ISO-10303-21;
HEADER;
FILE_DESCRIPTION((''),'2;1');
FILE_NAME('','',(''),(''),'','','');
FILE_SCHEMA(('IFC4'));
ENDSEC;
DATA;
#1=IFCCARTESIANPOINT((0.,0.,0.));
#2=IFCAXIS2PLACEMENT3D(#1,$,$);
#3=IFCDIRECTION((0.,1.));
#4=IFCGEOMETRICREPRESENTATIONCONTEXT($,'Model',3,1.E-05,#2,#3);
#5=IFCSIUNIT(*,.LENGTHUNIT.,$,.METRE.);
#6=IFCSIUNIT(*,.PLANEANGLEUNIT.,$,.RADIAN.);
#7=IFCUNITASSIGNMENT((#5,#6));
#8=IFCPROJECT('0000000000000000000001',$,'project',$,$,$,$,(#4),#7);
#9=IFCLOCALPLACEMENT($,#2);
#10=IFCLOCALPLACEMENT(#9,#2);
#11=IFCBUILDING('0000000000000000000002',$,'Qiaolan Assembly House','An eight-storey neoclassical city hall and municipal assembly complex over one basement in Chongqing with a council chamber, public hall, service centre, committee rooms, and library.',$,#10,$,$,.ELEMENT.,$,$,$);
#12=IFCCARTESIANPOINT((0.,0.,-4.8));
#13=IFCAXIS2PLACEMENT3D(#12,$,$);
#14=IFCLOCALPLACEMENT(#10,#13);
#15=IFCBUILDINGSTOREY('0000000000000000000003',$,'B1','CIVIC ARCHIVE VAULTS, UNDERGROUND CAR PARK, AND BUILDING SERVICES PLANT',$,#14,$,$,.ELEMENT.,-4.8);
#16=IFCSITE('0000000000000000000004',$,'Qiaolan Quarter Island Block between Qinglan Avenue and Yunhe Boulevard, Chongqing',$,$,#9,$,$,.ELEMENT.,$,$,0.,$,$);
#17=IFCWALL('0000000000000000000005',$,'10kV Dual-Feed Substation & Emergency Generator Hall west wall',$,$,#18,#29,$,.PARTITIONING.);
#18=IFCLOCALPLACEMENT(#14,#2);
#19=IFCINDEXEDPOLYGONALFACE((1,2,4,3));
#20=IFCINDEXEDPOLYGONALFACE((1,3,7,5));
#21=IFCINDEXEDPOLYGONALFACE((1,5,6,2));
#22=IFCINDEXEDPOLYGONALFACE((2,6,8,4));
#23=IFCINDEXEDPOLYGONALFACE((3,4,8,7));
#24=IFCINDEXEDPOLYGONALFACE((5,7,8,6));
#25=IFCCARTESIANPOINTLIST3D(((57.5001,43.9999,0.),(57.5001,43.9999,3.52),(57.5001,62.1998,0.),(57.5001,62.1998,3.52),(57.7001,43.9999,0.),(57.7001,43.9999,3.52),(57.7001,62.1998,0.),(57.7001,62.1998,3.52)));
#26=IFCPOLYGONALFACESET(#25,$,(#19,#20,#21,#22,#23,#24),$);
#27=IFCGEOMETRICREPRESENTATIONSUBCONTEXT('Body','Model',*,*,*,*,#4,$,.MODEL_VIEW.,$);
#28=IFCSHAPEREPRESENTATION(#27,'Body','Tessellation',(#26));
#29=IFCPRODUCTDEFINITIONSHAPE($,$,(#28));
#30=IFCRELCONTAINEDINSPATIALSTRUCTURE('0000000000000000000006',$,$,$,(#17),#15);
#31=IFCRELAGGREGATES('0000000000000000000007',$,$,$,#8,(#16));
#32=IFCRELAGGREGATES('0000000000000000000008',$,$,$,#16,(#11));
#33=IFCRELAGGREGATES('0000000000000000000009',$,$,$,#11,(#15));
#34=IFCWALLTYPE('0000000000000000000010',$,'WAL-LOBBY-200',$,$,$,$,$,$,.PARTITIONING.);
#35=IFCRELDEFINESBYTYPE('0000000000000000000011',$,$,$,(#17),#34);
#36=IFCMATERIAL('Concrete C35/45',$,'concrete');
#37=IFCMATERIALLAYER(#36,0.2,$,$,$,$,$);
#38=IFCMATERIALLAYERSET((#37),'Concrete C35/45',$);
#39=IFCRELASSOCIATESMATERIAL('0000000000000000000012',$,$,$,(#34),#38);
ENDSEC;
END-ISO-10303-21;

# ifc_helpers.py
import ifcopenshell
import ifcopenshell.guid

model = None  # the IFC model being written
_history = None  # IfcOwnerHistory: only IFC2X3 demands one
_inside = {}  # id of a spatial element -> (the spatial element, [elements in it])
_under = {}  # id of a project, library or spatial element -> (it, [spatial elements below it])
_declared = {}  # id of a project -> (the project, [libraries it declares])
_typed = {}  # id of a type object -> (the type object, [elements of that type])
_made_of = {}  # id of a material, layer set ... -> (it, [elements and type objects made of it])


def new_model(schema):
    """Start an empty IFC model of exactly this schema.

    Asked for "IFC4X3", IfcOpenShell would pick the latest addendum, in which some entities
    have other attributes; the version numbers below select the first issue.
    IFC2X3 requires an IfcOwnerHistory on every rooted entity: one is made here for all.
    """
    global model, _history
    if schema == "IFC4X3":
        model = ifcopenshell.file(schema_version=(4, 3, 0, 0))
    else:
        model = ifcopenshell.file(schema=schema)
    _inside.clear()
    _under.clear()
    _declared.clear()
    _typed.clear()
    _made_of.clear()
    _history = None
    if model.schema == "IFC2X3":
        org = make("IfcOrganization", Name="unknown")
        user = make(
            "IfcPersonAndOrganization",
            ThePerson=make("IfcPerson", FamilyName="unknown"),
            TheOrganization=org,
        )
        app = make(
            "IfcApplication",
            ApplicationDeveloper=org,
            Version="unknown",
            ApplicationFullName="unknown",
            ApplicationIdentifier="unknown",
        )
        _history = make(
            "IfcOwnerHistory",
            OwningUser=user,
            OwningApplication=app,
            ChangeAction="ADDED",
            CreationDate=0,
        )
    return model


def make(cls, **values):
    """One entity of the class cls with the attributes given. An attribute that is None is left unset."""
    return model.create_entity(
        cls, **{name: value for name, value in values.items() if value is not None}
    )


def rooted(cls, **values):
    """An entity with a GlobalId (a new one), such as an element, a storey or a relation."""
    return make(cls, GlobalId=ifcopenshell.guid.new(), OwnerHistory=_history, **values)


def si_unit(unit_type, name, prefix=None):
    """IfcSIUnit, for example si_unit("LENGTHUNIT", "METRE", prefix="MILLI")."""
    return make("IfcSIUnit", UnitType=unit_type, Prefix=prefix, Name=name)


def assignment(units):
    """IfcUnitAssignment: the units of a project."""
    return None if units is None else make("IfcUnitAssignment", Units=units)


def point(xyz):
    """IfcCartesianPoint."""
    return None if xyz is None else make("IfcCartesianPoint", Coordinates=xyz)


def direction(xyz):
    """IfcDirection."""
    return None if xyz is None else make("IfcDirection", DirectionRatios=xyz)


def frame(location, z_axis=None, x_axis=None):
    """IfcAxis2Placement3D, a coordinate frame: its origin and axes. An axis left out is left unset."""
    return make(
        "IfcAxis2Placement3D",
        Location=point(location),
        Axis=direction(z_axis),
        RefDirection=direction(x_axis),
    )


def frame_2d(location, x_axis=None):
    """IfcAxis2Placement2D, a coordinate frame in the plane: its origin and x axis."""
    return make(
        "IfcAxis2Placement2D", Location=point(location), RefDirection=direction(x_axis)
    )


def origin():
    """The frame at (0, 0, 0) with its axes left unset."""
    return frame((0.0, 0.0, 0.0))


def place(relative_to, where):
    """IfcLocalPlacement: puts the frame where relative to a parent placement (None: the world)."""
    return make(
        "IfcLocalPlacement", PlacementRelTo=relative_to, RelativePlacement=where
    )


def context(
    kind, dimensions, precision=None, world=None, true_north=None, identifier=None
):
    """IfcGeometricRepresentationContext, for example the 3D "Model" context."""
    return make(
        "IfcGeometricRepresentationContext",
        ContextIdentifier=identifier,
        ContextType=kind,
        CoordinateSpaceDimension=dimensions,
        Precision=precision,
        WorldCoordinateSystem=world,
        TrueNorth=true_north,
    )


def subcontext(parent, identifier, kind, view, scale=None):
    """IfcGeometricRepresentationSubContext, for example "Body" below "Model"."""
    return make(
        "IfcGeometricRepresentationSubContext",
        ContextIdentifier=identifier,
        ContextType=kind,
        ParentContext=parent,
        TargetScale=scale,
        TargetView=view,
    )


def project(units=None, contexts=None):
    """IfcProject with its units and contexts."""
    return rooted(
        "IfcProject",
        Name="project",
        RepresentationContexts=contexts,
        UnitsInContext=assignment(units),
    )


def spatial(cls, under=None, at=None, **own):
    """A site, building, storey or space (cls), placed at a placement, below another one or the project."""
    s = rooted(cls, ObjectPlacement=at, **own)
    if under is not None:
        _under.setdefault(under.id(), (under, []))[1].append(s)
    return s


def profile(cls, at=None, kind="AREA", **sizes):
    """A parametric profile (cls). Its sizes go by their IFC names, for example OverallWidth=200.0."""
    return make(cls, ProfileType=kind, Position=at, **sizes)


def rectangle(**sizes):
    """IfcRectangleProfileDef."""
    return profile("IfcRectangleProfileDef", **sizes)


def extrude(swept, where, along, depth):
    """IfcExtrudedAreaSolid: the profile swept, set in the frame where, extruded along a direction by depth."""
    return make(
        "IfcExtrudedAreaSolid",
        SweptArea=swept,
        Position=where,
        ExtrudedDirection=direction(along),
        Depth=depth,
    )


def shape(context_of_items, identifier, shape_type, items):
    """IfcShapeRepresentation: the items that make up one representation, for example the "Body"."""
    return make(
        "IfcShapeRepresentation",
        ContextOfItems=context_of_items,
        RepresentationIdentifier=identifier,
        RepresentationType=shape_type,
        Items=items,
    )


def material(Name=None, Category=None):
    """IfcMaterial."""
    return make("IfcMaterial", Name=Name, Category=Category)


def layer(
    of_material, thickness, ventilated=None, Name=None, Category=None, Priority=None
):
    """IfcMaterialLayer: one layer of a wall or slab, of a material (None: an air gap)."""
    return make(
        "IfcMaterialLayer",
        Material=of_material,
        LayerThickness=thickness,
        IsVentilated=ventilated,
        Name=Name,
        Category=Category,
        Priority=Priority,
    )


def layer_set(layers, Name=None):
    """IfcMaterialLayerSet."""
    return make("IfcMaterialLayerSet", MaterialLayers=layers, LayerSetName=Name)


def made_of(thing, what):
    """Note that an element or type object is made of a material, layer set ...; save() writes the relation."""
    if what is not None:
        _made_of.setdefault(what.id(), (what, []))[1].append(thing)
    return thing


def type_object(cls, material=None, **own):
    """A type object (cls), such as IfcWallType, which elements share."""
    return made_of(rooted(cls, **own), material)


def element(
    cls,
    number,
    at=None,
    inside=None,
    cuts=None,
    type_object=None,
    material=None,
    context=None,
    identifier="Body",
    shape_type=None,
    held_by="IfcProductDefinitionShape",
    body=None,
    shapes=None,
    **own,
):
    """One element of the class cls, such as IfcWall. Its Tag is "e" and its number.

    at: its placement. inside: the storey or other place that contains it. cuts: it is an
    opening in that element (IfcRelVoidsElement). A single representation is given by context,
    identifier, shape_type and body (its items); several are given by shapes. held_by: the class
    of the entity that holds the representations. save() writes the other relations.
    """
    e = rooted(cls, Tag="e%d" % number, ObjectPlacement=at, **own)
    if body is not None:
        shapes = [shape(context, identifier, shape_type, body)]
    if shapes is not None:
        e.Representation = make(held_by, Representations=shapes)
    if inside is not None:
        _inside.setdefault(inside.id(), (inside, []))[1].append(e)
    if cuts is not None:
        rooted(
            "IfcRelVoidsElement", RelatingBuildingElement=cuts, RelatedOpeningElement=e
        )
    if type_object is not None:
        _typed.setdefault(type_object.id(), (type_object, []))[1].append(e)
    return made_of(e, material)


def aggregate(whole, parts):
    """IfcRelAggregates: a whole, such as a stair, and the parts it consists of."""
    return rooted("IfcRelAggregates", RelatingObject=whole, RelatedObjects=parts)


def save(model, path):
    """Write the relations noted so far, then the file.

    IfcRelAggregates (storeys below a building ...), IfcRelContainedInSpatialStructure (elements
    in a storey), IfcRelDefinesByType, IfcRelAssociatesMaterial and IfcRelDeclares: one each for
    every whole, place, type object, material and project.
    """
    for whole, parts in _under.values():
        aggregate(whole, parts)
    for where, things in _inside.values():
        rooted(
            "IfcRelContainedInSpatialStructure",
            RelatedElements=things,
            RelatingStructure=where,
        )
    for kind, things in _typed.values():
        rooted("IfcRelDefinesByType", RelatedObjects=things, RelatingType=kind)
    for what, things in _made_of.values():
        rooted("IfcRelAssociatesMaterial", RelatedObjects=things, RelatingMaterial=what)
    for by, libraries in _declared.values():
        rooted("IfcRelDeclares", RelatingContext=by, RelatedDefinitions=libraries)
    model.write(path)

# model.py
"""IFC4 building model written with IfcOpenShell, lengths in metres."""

from ifc_helpers import new_model, si_unit, direction, frame, frame_2d, origin, place, context, subcontext, project, spatial, rectangle, extrude, material, layer, layer_set, type_object, element, save


model = new_model("IFC4")

# Units and contexts
model_context = context("Model", 3, precision=1e-05, world=origin(), true_north=direction((0.0, 1.0)))
body_context = subcontext(model_context, "Body", "Model", "MODEL_VIEW")
ifc_project = project(units=[si_unit("LENGTHUNIT", "METRE"), si_unit("PLANEANGLEUNIT", "RADIAN")], contexts=[model_context])

# Site, building, storey
site_placement = place(None, origin())
site = spatial("IfcSite", under=ifc_project, at=site_placement, Name="Qiaolan Quarter Island Block between Qinglan Avenue and Yunhe Boulevard, Chongqing", CompositionType="ELEMENT", RefElevation=0.0)
building_placement = place(site_placement, origin())
building = spatial("IfcBuilding", under=site, at=building_placement, Name="Qiaolan Assembly House", Description="An eight-storey neoclassical city hall and municipal assembly complex over one basement in Chongqing with a council chamber, public hall, service centre, committee rooms, and library.", CompositionType="ELEMENT")
storey_placement = place(building_placement, frame((0.0, 0.0, -4.8)))
storey = spatial("IfcBuildingStorey", under=building, at=storey_placement, Name="B1", Description="CIVIC ARCHIVE VAULTS, UNDERGROUND CAR PARK, AND BUILDING SERVICES PLANT", CompositionType="ELEMENT", Elevation=-4.8)

# Shared definitions
ifc_material_1 = material(Name="Concrete C35/45", Category="concrete")
ifc_layer = layer(ifc_material_1, 0.2)
ifc_layer_set = layer_set([ifc_layer], Name="Concrete C35/45")
wall_type = type_object("IfcWallType", Name="WAL-LOBBY-200", PredefinedType="PARTITIONING", material=ifc_layer_set)

# Wall
wall_1_placement = place(storey_placement, frame((57.6001, 62.2, 0.0), z_axis=(0.0, 0.0, 1.0), x_axis=(0.0, -1.0, 0.0)))
element("IfcWall", 1, at=wall_1_placement, inside=storey, type_object=wall_type, Name="10kV Dual-Feed Substation & Emergency Generator Hall west wall", PredefinedType="PARTITIONING", context=body_context, shape_type="SweptSolid", body=[
    extrude(rectangle(XDim=18.2, YDim=0.2, at=frame_2d((9.1001, 0.0))), origin(), (0.0, 0.0, 1.0), 3.52),
])

save(model, "model.ifc")
